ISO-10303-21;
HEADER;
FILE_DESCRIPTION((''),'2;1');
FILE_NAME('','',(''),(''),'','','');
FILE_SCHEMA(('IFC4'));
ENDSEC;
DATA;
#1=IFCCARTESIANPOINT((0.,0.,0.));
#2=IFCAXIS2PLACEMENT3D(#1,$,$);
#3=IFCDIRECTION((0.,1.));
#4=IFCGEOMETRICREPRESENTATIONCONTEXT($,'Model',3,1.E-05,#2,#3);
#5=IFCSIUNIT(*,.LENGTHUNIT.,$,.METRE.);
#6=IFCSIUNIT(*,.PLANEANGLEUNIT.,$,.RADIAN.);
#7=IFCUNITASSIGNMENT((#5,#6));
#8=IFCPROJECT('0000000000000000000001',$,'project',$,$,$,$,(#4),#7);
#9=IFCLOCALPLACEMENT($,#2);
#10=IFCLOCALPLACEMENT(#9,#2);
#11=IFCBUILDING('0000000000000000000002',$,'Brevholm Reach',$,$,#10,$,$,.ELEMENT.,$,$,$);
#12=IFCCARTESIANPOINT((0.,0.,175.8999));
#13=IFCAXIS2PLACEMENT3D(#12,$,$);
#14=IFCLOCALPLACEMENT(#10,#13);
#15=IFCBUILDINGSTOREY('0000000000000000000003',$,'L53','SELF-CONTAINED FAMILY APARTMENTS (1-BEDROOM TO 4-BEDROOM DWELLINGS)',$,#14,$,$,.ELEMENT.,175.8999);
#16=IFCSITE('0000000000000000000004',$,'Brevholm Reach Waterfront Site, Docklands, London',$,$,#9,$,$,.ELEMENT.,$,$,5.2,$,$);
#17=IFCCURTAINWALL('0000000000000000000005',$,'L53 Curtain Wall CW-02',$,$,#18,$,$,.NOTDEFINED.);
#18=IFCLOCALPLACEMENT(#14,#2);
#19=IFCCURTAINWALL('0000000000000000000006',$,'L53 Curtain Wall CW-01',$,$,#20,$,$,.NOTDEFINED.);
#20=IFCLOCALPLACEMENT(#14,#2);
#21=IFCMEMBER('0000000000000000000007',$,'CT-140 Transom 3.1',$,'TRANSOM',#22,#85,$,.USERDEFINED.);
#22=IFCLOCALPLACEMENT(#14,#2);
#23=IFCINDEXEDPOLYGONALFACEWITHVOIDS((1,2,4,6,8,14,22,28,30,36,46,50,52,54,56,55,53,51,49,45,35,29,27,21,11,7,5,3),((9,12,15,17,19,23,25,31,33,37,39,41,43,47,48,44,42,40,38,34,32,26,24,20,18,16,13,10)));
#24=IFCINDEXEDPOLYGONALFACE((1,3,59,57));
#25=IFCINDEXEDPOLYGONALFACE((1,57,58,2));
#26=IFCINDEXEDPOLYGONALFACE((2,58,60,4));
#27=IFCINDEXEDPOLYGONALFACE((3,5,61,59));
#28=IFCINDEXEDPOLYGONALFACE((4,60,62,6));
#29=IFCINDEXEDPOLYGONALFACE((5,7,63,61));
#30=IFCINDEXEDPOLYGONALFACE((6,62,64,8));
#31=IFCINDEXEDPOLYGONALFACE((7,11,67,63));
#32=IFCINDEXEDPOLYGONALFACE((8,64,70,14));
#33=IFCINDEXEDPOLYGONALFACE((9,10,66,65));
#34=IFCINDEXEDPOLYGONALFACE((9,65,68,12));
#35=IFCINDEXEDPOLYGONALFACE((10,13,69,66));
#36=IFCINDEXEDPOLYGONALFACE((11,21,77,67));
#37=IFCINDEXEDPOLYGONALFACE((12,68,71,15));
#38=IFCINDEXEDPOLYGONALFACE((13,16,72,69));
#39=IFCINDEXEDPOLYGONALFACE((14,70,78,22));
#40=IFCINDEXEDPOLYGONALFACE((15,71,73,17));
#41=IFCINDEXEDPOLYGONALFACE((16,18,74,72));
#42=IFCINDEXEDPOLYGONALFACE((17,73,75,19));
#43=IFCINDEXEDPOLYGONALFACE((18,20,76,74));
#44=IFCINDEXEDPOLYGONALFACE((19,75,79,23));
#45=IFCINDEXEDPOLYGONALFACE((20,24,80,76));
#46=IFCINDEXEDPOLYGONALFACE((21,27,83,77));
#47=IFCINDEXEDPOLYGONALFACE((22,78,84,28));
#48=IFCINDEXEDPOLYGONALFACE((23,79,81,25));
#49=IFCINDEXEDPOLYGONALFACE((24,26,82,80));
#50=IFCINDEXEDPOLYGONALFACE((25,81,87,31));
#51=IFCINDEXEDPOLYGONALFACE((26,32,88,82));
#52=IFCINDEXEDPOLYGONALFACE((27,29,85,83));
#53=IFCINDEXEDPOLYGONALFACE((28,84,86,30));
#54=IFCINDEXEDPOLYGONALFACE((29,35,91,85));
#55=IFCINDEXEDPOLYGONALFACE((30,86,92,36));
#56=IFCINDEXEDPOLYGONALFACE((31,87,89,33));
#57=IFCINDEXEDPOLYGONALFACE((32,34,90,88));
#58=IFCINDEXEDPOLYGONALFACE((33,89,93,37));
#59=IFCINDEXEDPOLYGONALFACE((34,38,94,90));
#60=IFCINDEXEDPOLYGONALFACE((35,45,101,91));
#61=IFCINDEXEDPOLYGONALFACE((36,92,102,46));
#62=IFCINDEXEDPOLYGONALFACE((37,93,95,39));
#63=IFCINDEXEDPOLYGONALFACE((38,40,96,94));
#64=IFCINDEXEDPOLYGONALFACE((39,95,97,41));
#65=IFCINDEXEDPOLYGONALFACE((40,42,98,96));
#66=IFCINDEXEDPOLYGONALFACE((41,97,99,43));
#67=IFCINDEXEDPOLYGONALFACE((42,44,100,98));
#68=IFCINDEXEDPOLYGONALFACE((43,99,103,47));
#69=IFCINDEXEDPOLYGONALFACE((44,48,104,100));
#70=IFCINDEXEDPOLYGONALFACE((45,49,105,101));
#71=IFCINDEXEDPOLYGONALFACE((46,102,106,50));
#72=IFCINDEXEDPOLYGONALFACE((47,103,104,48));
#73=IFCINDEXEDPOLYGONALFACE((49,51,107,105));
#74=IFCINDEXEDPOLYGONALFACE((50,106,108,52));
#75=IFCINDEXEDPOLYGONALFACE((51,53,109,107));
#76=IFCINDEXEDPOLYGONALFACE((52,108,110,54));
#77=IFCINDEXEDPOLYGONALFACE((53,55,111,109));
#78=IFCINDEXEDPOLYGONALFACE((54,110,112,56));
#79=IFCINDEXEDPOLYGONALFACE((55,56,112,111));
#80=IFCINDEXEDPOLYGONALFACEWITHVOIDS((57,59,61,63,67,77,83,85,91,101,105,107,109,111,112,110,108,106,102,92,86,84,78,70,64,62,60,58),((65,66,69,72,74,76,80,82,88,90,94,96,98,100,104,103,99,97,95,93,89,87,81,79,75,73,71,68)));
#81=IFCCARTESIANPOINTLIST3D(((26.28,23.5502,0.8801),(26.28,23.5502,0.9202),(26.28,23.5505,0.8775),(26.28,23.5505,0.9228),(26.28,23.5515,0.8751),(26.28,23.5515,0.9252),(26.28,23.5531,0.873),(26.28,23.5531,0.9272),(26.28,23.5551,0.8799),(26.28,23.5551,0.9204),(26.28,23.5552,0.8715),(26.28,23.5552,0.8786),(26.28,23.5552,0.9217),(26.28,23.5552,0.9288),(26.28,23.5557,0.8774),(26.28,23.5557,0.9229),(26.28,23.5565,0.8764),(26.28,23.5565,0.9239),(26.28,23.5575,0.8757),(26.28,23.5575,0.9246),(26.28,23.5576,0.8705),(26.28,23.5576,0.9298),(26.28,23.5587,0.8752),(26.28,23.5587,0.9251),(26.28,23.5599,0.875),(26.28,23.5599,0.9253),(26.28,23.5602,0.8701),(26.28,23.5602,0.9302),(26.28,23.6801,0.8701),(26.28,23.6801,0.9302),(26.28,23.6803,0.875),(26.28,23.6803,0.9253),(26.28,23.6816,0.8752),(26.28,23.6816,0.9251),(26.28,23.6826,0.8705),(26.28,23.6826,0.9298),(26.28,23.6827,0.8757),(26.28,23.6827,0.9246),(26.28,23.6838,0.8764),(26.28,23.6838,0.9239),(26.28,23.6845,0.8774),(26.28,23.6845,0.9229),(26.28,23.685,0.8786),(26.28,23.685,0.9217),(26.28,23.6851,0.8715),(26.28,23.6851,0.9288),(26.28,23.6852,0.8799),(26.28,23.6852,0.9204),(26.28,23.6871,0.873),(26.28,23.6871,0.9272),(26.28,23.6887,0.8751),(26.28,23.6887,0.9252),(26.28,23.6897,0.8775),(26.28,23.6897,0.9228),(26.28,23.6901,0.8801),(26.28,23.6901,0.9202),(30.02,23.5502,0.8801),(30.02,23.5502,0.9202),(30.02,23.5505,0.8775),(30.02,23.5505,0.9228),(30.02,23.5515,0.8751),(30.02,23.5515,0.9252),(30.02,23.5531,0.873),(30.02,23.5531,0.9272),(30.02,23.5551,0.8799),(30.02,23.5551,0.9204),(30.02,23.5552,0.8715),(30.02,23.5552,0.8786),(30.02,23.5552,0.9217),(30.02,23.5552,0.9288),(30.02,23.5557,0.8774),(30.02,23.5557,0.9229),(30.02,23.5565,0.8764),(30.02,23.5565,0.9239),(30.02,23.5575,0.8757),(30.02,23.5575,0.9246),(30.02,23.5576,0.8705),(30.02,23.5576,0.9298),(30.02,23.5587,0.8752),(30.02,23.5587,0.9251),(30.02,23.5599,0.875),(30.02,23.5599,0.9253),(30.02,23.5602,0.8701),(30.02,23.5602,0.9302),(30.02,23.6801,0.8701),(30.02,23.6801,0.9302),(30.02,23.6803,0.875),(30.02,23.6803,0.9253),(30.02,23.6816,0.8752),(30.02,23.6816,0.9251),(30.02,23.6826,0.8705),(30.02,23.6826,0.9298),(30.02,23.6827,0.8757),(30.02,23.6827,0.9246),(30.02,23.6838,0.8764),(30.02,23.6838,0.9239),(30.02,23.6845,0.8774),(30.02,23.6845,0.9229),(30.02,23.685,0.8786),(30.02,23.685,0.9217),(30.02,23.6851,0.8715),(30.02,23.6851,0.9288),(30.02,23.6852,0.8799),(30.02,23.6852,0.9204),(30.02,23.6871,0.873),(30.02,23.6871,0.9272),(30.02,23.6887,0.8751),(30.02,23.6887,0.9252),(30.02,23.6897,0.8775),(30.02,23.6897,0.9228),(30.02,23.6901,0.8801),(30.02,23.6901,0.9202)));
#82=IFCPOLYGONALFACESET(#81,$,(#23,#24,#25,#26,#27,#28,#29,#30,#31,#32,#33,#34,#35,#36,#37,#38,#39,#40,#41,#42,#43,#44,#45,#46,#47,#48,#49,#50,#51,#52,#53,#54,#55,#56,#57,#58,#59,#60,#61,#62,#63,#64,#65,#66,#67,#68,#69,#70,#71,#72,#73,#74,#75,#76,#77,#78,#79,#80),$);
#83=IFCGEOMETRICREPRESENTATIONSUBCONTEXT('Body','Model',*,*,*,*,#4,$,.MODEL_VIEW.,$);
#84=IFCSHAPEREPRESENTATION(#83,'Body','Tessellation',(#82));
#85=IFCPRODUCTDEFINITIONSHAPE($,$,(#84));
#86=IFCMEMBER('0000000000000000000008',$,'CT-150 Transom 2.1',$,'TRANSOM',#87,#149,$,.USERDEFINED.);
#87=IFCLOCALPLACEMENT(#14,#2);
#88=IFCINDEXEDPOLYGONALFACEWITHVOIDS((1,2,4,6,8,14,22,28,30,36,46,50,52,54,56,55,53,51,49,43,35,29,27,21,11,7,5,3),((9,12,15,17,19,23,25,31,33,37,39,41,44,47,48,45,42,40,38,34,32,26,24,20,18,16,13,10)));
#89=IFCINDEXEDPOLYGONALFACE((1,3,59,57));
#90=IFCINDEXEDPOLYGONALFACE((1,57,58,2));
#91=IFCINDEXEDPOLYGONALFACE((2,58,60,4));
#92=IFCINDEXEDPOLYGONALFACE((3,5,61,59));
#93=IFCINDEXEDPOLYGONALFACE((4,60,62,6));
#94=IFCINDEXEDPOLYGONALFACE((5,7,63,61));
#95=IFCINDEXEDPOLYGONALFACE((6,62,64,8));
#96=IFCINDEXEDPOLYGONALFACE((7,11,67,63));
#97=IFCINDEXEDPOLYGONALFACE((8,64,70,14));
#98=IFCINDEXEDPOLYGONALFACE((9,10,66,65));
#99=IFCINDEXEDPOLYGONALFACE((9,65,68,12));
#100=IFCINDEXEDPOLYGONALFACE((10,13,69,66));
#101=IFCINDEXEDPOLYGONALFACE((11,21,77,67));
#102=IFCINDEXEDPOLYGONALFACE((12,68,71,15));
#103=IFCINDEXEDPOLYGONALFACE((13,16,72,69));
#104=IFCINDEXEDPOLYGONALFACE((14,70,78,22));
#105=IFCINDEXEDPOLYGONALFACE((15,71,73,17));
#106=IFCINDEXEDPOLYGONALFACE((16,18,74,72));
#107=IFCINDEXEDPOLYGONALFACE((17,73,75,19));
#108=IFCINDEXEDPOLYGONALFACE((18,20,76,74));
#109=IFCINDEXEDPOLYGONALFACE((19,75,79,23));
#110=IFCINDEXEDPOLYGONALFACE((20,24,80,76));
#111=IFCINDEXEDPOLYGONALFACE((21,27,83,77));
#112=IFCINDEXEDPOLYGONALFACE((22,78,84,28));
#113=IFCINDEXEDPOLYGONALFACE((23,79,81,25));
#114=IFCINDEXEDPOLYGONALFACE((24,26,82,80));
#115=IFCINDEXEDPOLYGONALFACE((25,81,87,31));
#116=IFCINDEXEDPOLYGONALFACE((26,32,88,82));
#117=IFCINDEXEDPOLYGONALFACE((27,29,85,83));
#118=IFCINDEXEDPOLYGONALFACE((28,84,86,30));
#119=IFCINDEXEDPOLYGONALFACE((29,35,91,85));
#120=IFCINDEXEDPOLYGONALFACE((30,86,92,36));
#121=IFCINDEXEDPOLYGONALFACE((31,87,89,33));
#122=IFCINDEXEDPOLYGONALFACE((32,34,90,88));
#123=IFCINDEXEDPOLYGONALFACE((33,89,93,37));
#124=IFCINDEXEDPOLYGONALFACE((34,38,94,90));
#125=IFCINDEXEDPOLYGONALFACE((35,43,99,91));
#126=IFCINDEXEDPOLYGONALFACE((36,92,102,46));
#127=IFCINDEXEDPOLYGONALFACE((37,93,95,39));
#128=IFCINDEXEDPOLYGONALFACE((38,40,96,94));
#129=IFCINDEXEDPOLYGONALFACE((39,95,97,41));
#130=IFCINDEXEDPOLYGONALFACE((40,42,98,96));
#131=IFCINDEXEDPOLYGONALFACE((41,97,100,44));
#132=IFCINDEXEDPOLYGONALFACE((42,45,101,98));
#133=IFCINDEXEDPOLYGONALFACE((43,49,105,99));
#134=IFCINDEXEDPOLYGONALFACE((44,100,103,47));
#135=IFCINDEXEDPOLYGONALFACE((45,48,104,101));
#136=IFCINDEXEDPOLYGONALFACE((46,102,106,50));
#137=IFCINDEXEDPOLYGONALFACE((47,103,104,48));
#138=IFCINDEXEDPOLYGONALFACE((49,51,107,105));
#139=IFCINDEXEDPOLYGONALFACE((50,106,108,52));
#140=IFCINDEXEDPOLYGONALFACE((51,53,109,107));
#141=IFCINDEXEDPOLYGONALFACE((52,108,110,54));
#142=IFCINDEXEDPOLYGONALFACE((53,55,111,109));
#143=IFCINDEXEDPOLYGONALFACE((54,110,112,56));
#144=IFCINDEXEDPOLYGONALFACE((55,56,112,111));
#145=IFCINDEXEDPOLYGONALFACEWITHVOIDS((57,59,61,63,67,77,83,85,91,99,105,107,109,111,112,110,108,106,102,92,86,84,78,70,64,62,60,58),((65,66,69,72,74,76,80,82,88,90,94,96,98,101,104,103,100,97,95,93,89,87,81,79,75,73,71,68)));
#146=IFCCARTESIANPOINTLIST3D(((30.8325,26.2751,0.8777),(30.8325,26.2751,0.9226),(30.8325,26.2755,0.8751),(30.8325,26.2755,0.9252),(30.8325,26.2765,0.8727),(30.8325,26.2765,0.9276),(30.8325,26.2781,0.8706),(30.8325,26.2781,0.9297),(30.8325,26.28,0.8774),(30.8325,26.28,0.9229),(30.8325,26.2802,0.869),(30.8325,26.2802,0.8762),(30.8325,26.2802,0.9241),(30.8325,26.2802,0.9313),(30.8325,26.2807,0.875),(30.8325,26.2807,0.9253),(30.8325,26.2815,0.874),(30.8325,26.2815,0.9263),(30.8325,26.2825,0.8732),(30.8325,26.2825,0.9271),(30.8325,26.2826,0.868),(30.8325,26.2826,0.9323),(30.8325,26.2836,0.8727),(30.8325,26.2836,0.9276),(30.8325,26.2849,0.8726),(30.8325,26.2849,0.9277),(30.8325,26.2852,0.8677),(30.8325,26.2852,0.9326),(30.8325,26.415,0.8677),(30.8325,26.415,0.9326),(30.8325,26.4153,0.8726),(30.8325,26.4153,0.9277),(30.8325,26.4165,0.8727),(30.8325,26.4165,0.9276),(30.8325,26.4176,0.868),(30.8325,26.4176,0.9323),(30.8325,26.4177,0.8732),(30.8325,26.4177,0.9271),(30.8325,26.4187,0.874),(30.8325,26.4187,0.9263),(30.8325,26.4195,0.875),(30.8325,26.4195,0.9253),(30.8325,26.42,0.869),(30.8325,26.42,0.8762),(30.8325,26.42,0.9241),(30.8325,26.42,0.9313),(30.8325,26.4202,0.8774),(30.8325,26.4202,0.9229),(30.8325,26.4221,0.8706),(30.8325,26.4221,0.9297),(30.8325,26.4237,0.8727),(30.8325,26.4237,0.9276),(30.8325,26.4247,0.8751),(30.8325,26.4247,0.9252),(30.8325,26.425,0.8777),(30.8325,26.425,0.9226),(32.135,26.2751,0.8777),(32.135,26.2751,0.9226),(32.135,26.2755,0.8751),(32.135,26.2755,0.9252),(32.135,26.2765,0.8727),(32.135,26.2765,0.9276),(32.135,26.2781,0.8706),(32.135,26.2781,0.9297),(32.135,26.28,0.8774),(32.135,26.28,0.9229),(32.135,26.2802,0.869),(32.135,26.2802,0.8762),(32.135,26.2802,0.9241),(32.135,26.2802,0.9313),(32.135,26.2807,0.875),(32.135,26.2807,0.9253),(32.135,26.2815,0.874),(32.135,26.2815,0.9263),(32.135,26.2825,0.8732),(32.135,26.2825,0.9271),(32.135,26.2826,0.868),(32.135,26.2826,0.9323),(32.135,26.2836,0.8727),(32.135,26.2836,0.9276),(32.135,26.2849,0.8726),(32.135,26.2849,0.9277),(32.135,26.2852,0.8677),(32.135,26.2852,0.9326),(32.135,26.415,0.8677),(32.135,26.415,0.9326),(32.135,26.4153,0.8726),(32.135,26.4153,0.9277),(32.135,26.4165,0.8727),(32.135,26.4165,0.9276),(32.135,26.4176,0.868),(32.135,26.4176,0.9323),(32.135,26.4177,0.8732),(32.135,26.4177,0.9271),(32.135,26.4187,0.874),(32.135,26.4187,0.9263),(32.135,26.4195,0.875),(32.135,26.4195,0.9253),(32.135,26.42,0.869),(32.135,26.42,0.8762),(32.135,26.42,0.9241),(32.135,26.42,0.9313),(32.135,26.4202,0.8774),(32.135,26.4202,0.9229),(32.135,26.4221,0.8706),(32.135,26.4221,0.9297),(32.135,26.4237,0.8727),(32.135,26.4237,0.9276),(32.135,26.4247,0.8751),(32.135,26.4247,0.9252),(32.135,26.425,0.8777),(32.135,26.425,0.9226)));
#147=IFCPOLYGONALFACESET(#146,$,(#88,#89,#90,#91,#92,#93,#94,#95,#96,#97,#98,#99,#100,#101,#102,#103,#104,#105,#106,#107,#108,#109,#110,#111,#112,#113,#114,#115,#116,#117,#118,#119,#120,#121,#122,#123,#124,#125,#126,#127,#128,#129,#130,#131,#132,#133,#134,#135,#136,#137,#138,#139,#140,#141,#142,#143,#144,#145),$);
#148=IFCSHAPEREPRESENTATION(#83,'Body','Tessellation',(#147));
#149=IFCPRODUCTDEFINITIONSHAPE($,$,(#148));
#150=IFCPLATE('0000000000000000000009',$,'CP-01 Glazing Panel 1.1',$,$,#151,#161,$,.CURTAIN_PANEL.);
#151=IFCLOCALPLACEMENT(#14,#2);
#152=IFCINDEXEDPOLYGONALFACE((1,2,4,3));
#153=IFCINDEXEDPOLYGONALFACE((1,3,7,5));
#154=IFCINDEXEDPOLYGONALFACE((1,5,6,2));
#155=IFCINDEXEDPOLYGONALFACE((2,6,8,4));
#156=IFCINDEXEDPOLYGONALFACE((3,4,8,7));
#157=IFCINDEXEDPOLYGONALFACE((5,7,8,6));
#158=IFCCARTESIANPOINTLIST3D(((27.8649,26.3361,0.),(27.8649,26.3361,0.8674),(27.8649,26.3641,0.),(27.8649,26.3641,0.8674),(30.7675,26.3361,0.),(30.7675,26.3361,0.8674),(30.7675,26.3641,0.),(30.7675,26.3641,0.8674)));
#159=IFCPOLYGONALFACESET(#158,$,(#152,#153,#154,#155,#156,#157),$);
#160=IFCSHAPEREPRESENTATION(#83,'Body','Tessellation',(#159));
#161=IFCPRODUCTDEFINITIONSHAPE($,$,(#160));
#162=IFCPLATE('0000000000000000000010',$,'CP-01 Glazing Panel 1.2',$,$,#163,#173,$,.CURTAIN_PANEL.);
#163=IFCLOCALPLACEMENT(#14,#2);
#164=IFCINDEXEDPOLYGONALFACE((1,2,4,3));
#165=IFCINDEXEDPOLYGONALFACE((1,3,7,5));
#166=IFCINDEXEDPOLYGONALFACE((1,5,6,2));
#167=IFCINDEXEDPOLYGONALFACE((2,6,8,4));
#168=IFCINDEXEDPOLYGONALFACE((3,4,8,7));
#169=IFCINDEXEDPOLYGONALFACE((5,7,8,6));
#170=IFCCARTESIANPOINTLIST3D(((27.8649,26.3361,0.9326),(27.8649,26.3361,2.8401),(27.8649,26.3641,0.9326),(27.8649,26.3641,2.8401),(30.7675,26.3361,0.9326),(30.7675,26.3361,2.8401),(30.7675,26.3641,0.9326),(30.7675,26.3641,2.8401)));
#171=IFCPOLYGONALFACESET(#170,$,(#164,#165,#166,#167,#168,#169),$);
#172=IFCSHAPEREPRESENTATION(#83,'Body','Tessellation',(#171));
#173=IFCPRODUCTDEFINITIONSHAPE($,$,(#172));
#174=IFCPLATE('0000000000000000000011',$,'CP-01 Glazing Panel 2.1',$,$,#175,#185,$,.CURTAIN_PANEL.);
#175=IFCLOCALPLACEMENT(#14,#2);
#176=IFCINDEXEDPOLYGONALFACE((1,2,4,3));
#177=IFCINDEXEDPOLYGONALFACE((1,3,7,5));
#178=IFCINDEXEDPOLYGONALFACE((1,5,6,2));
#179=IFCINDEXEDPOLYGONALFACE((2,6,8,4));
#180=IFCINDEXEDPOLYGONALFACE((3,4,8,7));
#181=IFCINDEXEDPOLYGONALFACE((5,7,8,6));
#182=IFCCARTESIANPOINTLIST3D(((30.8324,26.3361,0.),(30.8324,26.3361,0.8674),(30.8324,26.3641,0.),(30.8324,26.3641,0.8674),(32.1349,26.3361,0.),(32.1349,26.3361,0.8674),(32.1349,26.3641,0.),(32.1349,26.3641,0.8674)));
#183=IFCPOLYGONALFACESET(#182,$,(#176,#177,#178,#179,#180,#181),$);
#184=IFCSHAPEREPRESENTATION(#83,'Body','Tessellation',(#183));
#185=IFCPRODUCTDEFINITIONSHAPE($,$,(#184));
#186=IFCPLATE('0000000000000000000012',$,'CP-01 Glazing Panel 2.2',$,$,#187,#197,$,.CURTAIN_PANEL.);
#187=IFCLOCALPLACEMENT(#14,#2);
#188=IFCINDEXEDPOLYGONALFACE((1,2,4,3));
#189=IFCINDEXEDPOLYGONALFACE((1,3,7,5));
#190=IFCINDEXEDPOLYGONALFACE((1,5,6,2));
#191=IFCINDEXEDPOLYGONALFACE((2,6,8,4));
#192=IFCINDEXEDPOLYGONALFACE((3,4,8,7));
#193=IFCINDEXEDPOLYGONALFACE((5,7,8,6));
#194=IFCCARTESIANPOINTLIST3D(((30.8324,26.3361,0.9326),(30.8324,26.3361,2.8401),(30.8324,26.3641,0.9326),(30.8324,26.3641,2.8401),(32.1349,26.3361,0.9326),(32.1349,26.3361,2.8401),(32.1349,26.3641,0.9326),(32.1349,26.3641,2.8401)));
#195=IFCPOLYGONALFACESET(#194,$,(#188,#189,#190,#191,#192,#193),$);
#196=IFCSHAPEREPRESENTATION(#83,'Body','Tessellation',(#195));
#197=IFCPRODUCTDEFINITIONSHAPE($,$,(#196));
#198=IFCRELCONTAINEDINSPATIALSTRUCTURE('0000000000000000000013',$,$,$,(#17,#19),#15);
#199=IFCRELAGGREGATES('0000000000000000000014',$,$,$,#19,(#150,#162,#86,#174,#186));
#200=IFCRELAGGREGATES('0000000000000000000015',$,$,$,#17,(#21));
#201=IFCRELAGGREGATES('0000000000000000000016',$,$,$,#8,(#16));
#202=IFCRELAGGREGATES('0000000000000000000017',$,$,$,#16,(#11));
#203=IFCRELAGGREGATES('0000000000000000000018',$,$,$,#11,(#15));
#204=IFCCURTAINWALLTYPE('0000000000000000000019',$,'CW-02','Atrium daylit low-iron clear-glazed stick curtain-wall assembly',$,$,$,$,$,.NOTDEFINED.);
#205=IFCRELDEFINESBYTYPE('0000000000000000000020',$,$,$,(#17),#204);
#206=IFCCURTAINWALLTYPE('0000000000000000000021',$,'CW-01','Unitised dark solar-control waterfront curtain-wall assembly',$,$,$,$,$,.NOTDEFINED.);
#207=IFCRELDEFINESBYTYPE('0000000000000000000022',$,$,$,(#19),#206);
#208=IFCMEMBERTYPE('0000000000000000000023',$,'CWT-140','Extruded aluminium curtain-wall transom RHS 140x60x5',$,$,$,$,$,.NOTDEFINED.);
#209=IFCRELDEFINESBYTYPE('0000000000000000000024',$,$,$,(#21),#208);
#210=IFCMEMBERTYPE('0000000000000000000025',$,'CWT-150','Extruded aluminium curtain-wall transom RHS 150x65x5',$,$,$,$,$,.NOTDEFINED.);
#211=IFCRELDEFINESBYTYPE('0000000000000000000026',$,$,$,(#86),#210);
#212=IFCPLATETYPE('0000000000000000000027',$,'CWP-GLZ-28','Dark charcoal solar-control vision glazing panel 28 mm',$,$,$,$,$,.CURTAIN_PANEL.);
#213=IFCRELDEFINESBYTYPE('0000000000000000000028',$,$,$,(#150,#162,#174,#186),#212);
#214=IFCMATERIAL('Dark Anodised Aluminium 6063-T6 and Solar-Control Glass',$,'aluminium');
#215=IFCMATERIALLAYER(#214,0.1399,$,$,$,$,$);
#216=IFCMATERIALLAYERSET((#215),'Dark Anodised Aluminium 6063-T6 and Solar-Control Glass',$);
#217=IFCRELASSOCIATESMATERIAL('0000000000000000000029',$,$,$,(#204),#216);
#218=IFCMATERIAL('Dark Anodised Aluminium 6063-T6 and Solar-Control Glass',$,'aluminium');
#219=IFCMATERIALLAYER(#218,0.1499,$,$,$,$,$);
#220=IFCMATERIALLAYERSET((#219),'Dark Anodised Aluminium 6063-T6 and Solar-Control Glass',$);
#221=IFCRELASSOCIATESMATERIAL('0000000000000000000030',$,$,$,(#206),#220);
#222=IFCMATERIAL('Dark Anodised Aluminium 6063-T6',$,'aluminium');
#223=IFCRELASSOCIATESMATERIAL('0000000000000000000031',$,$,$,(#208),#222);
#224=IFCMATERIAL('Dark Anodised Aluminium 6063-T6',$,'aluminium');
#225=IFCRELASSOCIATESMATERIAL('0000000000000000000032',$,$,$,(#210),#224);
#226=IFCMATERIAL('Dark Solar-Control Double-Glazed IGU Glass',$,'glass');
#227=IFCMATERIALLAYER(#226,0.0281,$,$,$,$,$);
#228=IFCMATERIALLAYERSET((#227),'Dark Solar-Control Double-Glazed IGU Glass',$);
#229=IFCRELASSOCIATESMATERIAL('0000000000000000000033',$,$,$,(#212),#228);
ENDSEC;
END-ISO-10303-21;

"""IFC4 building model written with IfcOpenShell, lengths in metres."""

from ifc_helpers import new_model, si_unit, direction, frame, origin, origin_2d, place, context, subcontext, project, spatial, rectangle, hollow_rectangle, extrude, material, layer, layer_set, material_profile, profile_set, type_object, element, aggregate, save


model = new_model("IFC4")

# Units and contexts
model_context = context("Model", 3, precision=1e-05, world=origin(), true_north=direction((0.0, 1.0)))
body_context = subcontext(model_context, "Body", "Model", "MODEL_VIEW")
ifc_project = project(units=[si_unit("LENGTHUNIT", "METRE"), si_unit("PLANEANGLEUNIT", "RADIAN")], contexts=[model_context])

# Site, building, storey
site_placement = place(None, origin())
site = spatial("IfcSite", under=ifc_project, at=site_placement, Name="Brevholm Reach Waterfront Site, Docklands, London", CompositionType="ELEMENT", RefElevation=5.2)
building_placement = place(site_placement, origin())
building = spatial("IfcBuilding", under=site, at=building_placement, Name="Brevholm Reach", CompositionType="ELEMENT")
storey_placement = place(building_placement, frame((0.0, 0.0, 175.8999)))
storey = spatial("IfcBuildingStorey", under=building, at=storey_placement, Name="L53", Description="SELF-CONTAINED FAMILY APARTMENTS (1-BEDROOM TO 4-BEDROOM DWELLINGS)", CompositionType="ELEMENT", Elevation=175.8999)

# Shared definitions
ifc_material_1 = material(Name="Dark Anodised Aluminium 6063-T6 and Solar-Control Glass", Category="aluminium")
ifc_layer_1 = layer(ifc_material_1, 0.1399)
ifc_layer_set_1 = layer_set([ifc_layer_1], Name="Dark Anodised Aluminium 6063-T6 and Solar-Control Glass")
curtain_wall_type_1 = type_object("IfcCurtainWallType", Name="CW-02", Description="Atrium daylit low-iron clear-glazed stick curtain-wall assembly", PredefinedType="NOTDEFINED", material=ifc_layer_set_1)

# Curtain walls
curtain_wall_1_placement = place(storey_placement, origin())
curtain_wall_1 = element("IfcCurtainWall", 1, at=curtain_wall_1_placement, inside=storey, type_object=curtain_wall_type_1, Name="L53 Curtain Wall CW-02", PredefinedType="NOTDEFINED")
ifc_material_2 = material(Name="Dark Anodised Aluminium 6063-T6 and Solar-Control Glass", Category="aluminium")
ifc_layer_2 = layer(ifc_material_2, 0.1499)
ifc_layer_set_2 = layer_set([ifc_layer_2], Name="Dark Anodised Aluminium 6063-T6 and Solar-Control Glass")
curtain_wall_type_2 = type_object("IfcCurtainWallType", Name="CW-01", Description="Unitised dark solar-control waterfront curtain-wall assembly", PredefinedType="NOTDEFINED", material=ifc_layer_set_2)
curtain_wall_2_placement = place(storey_placement, origin())
curtain_wall_2 = element("IfcCurtainWall", 2, at=curtain_wall_2_placement, inside=storey, type_object=curtain_wall_type_2, Name="L53 Curtain Wall CW-01", PredefinedType="NOTDEFINED")

# Members
ifc_material_3 = material(Name="Dark Anodised Aluminium 6063-T6", Category="aluminium")
ifc_material_profile_1 = material_profile(ifc_material_3, hollow_rectangle(XDim=0.0601, YDim=0.1399, WallThickness=0.0049, InnerFilletRadius=0.0049, OuterFilletRadius=0.01, at=origin_2d()), Name="RHS 140x60x5")
ifc_profile_set_1 = profile_set([ifc_material_profile_1], Name="Dark Anodised Aluminium 6063-T6")
member_type_1 = type_object("IfcMemberType", Name="CWT-140", Description="Extruded aluminium curtain-wall transom RHS 140x60x5", PredefinedType="NOTDEFINED", material=ifc_profile_set_1)
member_1_placement = place(storey_placement, frame((30.02, 23.6201, 0.9001), z_axis=(-1.0, 0.0, 0.0), x_axis=(0.0, 0.0, 1.0)))
member_1 = element("IfcMember", 3, at=member_1_placement, type_object=member_type_1, Name="CT-140 Transom 3.1", ObjectType="TRANSOM", PredefinedType="USERDEFINED", context=body_context, shape_type="SweptSolid", body=[
    extrude(hollow_rectangle(XDim=0.0601, YDim=0.1399, WallThickness=0.0049, InnerFilletRadius=0.0049, OuterFilletRadius=0.01, at=origin_2d()), origin(), (0.0, 0.0, 1.0), 3.74),
])
ifc_material_4 = material(Name="Dark Anodised Aluminium 6063-T6", Category="aluminium")
ifc_material_profile_2 = material_profile(ifc_material_4, hollow_rectangle(XDim=0.0649, YDim=0.1499, WallThickness=0.0049, InnerFilletRadius=0.0049, OuterFilletRadius=0.01, at=origin_2d()), Name="RHS 150x65x5")
ifc_profile_set_2 = profile_set([ifc_material_profile_2], Name="Dark Anodised Aluminium 6063-T6")
member_type_2 = type_object("IfcMemberType", Name="CWT-150", Description="Extruded aluminium curtain-wall transom RHS 150x65x5", PredefinedType="NOTDEFINED", material=ifc_profile_set_2)
member_2_placement = place(storey_placement, frame((30.8325, 26.3501, 0.9001), z_axis=(1.0, 0.0, 0.0), x_axis=(0.0, 0.0, 1.0)))
member_2 = element("IfcMember", 4, at=member_2_placement, type_object=member_type_2, Name="CT-150 Transom 2.1", ObjectType="TRANSOM", PredefinedType="USERDEFINED", context=body_context, shape_type="SweptSolid", body=[
    extrude(hollow_rectangle(XDim=0.0649, YDim=0.1499, WallThickness=0.0049, InnerFilletRadius=0.0049, OuterFilletRadius=0.01, at=origin_2d()), origin(), (0.0, 0.0, 1.0), 1.3025),
])

# Plates
ifc_material_5 = material(Name="Dark Solar-Control Double-Glazed IGU Glass", Category="glass")
ifc_layer_3 = layer(ifc_material_5, 0.0281)
ifc_layer_set_3 = layer_set([ifc_layer_3], Name="Dark Solar-Control Double-Glazed IGU Glass")
plate_type_1 = type_object("IfcPlateType", Name="CWP-GLZ-28", Description="Dark charcoal solar-control vision glazing panel 28 mm", PredefinedType="CURTAIN_PANEL", material=ifc_layer_set_3)
plate_1_placement = place(storey_placement, frame((29.3162, 26.3501, 0.0), z_axis=(0.0, 0.0, 1.0), x_axis=(1.0, 0.0, 0.0)))
plate_1 = element("IfcPlate", 5, at=plate_1_placement, type_object=plate_type_1, Name="CP-01 Glazing Panel 1.1", PredefinedType="CURTAIN_PANEL", context=body_context, shape_type="SweptSolid", body=[
    extrude(rectangle(XDim=2.9026, YDim=0.0281, at=origin_2d()), origin(), (0.0, 0.0, 1.0), 0.8674),
])
plate_2_placement = place(storey_placement, frame((29.3162, 26.3501, 0.9326), z_axis=(0.0, 0.0, 1.0), x_axis=(1.0, 0.0, 0.0)))
plate_2 = element("IfcPlate", 6, at=plate_2_placement, type_object=plate_type_1, Name="CP-01 Glazing Panel 1.2", PredefinedType="CURTAIN_PANEL", context=body_context, shape_type="SweptSolid", body=[
    extrude(rectangle(XDim=2.9026, YDim=0.0281, at=origin_2d()), origin(), (0.0, 0.0, 1.0), 1.9075),
])
plate_3_placement = place(storey_placement, frame((31.4836, 26.3501, 0.0), z_axis=(0.0, 0.0, 1.0), x_axis=(1.0, 0.0, 0.0)))
plate_3 = element("IfcPlate", 7, at=plate_3_placement, type_object=plate_type_1, Name="CP-01 Glazing Panel 2.1", PredefinedType="CURTAIN_PANEL", context=body_context, shape_type="SweptSolid", body=[
    extrude(rectangle(XDim=1.3025, YDim=0.0281, at=origin_2d()), origin(), (0.0, 0.0, 1.0), 0.8674),
])
plate_4_placement = place(storey_placement, frame((31.4836, 26.3501, 0.9326), z_axis=(0.0, 0.0, 1.0), x_axis=(1.0, 0.0, 0.0)))
plate_4 = element("IfcPlate", 8, at=plate_4_placement, type_object=plate_type_1, Name="CP-01 Glazing Panel 2.2", PredefinedType="CURTAIN_PANEL", context=body_context, shape_type="SweptSolid", body=[
    extrude(rectangle(XDim=1.3025, YDim=0.0281, at=origin_2d()), origin(), (0.0, 0.0, 1.0), 1.9075),
])
aggregate(curtain_wall_2, [plate_1, plate_2, member_2, plate_3, plate_4])
aggregate(curtain_wall_1, [member_1])

save(model, "model.ifc")
